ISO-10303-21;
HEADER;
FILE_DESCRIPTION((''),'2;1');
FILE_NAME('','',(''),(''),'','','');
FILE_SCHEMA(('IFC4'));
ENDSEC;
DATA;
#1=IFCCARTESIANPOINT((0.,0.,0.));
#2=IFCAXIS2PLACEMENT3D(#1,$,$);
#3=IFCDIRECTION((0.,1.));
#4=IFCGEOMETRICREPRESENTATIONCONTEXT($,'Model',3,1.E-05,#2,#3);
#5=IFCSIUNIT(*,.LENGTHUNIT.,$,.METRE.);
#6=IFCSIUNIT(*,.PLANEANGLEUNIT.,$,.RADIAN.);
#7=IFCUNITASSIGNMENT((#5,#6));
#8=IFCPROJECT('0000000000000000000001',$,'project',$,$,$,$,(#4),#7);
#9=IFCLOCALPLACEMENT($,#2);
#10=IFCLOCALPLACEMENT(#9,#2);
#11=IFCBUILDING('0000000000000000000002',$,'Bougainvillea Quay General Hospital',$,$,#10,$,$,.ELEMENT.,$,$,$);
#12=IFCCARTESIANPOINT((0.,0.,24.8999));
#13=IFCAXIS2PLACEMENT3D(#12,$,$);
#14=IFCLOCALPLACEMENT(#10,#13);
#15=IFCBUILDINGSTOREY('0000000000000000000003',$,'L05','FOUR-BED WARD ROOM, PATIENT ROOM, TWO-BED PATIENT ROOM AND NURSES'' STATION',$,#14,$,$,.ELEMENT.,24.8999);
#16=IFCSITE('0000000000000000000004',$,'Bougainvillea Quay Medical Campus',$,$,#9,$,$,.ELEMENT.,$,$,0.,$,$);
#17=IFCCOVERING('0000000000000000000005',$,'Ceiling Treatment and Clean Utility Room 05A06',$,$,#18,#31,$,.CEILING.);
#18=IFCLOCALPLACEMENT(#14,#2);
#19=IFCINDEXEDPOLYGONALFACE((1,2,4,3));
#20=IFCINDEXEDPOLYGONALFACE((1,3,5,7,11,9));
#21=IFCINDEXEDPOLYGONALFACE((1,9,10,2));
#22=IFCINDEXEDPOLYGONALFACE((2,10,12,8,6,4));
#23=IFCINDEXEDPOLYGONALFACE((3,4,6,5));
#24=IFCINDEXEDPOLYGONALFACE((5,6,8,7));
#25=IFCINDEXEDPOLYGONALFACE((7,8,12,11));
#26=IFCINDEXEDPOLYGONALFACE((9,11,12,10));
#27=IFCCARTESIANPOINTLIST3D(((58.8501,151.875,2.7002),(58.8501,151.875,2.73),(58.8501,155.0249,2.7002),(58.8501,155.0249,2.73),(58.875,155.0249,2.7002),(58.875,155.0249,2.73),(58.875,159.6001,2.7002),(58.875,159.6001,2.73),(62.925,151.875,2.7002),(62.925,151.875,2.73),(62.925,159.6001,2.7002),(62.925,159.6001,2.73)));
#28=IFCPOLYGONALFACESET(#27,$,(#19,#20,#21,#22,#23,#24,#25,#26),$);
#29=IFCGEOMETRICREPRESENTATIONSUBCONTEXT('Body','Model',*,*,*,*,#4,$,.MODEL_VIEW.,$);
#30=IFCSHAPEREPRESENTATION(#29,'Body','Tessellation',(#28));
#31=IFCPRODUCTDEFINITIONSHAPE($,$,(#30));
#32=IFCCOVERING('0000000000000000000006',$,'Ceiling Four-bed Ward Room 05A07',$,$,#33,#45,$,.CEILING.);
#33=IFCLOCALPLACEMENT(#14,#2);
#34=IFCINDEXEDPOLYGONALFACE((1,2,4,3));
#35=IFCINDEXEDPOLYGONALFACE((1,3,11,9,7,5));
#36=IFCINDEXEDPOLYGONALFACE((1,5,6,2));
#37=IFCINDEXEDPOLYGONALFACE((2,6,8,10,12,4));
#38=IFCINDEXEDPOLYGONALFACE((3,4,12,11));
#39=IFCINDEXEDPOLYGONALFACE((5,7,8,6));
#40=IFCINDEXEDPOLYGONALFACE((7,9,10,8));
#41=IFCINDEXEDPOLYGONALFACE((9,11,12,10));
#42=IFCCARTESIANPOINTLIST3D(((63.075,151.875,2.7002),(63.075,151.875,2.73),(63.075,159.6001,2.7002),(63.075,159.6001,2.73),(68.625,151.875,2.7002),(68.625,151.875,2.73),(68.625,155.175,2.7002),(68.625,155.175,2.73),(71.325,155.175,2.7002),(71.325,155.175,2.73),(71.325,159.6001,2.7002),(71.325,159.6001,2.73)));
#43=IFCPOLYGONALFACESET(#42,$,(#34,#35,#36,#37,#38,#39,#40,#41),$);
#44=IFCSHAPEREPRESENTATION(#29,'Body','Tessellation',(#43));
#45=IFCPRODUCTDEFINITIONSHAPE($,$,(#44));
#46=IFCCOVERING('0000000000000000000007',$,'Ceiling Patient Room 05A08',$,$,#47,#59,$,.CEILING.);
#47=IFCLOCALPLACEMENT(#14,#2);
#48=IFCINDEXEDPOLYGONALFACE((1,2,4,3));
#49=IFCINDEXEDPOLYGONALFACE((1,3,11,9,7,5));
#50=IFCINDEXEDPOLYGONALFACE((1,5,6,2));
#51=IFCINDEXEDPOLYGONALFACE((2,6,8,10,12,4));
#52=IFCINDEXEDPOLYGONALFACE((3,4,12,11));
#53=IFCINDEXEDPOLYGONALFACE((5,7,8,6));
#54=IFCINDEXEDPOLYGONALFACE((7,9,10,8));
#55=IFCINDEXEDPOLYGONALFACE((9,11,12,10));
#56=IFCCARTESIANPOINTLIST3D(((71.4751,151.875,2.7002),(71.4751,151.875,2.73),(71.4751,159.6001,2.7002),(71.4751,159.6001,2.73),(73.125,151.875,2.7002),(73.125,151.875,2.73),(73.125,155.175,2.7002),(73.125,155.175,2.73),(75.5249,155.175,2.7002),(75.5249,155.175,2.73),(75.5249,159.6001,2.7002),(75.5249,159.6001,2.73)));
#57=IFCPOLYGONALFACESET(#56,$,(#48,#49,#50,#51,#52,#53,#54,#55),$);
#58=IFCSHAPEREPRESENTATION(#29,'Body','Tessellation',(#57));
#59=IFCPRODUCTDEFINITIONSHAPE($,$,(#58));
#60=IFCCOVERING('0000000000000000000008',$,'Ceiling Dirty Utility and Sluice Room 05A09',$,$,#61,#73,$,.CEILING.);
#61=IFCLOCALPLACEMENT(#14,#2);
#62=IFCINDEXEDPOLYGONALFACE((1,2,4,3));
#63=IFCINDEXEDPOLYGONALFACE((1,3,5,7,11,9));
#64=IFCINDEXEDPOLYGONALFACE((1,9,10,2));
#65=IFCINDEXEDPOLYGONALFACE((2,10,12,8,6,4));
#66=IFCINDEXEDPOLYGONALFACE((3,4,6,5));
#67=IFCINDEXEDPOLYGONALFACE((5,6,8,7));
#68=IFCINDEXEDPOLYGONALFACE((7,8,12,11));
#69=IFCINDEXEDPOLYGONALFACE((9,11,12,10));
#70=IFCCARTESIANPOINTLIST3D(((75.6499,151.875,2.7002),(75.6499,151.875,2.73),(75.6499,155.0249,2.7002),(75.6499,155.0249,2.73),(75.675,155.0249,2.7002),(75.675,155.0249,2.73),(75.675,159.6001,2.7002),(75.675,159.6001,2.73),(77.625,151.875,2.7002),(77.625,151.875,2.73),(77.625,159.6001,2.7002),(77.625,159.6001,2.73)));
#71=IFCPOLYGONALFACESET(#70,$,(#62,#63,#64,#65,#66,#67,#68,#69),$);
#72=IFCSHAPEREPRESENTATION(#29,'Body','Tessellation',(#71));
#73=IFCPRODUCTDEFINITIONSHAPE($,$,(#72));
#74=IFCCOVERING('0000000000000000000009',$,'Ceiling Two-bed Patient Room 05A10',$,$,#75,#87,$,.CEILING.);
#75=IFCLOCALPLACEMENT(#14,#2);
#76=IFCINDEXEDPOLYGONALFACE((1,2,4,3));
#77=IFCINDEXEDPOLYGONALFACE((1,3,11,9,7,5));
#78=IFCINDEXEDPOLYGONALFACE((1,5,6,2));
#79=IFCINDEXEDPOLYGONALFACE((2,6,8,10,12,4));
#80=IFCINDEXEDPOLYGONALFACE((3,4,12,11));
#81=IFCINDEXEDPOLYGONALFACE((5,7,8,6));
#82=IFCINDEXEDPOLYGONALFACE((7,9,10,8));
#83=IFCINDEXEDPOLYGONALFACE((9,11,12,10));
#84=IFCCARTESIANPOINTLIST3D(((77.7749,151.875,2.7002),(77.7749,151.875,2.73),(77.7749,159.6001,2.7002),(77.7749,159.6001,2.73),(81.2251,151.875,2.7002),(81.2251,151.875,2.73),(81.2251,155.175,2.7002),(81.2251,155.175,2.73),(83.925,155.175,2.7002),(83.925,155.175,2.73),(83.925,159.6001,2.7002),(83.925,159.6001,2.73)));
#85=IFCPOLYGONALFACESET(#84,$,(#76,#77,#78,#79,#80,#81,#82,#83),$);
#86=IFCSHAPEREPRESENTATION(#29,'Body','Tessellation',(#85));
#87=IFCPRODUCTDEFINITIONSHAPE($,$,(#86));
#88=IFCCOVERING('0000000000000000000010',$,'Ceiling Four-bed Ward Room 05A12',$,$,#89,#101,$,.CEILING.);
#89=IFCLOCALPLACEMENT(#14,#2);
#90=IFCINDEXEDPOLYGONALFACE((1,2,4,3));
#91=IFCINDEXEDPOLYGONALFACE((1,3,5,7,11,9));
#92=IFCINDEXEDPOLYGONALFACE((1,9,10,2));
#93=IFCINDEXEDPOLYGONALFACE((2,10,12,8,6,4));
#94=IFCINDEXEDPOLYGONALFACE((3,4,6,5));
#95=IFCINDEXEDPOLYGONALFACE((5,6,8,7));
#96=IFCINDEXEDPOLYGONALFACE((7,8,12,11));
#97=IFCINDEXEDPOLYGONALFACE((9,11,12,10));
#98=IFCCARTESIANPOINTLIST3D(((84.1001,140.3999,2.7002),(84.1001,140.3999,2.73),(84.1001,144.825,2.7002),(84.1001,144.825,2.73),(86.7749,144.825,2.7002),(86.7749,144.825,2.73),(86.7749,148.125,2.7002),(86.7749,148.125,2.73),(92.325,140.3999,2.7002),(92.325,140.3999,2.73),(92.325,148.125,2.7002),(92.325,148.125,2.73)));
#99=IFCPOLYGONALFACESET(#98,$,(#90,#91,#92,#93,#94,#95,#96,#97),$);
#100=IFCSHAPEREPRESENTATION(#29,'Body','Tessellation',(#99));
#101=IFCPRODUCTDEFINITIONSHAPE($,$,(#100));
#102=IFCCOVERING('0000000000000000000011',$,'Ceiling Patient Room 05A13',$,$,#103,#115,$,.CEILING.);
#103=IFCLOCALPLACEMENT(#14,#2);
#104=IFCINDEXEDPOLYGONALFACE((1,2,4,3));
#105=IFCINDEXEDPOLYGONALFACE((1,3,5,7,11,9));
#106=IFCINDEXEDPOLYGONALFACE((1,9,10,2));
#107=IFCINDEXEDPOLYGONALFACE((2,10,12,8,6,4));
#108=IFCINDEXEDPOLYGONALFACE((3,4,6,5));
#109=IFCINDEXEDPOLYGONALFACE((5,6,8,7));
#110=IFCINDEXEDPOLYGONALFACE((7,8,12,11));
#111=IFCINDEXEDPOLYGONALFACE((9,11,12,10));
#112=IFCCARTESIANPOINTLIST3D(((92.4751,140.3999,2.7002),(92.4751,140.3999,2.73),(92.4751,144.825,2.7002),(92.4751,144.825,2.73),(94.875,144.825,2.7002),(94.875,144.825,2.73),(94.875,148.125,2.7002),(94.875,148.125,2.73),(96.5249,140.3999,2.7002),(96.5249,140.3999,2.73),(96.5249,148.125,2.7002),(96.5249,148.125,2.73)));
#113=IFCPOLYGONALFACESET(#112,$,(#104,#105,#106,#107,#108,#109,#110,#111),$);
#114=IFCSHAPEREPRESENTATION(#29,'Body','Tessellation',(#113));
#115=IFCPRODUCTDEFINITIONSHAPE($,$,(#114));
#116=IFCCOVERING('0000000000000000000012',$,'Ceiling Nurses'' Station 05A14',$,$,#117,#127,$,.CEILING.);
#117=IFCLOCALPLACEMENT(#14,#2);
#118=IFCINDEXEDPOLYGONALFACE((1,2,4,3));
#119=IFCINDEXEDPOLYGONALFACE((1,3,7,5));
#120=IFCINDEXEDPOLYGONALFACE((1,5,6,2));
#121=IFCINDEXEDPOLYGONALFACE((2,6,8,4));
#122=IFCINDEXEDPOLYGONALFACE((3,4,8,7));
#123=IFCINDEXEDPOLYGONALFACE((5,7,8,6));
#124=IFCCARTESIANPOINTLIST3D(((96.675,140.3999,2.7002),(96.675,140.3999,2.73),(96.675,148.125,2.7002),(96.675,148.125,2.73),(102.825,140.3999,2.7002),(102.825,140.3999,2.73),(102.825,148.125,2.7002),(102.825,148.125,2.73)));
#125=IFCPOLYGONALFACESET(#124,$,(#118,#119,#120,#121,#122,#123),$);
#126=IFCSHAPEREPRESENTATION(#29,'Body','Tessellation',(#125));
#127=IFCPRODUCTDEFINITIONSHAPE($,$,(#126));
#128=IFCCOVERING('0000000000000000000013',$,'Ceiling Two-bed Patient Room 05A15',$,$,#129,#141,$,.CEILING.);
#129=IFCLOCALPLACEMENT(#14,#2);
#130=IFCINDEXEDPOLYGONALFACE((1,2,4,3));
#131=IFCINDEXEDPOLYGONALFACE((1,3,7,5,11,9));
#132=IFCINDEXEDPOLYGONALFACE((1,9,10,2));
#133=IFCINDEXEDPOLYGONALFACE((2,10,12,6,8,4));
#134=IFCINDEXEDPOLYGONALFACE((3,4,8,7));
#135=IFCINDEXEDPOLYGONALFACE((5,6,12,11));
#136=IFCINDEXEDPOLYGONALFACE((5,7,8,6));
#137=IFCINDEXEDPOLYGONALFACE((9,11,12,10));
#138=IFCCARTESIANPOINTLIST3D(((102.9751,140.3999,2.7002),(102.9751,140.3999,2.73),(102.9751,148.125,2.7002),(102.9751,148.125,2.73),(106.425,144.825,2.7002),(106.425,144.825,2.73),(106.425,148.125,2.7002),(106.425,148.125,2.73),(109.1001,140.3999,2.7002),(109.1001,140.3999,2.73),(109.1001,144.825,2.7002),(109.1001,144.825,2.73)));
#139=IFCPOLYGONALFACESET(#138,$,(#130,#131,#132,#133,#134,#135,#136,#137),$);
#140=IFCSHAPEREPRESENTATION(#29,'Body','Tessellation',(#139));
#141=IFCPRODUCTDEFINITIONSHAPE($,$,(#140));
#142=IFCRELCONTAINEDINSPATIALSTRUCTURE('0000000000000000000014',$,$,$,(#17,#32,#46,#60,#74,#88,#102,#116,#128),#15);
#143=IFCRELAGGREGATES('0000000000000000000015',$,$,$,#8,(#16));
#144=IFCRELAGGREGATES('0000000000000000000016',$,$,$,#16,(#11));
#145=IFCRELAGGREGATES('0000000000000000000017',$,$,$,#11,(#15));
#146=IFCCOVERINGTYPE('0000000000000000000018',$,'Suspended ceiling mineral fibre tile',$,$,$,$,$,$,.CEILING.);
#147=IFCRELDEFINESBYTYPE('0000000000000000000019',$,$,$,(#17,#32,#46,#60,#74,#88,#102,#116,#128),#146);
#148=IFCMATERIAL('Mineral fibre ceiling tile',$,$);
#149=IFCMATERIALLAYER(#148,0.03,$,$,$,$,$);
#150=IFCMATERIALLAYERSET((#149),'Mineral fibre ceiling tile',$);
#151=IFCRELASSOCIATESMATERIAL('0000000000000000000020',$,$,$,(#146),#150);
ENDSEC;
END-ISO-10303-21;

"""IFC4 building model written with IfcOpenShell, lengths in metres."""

from ifc_helpers import new_model, si_unit, direction, frame, origin, place, context, subcontext, project, spatial, polyline, outline, extrude, material, layer, layer_set, type_object, element, save


model = new_model("IFC4")

# Units and contexts
model_context = context("Model", 3, precision=1e-05, world=origin(), true_north=direction((0.0, 1.0)))
body_context = subcontext(model_context, "Body", "Model", "MODEL_VIEW")
ifc_project = project(units=[si_unit("LENGTHUNIT", "METRE"), si_unit("PLANEANGLEUNIT", "RADIAN")], contexts=[model_context])

# Site, building, storey
site_placement = place(None, origin())
site = spatial("IfcSite", under=ifc_project, at=site_placement, Name="Bougainvillea Quay Medical Campus", CompositionType="ELEMENT", RefElevation=0.0)
building_placement = place(site_placement, origin())
building = spatial("IfcBuilding", under=site, at=building_placement, Name="Bougainvillea Quay General Hospital", CompositionType="ELEMENT")
storey_placement = place(building_placement, frame((0.0, 0.0, 24.8999)))
storey = spatial("IfcBuildingStorey", under=building, at=storey_placement, Name="L05", Description="FOUR-BED WARD ROOM, PATIENT ROOM, TWO-BED PATIENT ROOM AND NURSES' STATION", CompositionType="ELEMENT", Elevation=24.8999)

# Coverings
ifc_material = material(Name="Mineral fibre ceiling tile")
ifc_layer = layer(ifc_material, 0.03)
ifc_layer_set = layer_set([ifc_layer], Name="Mineral fibre ceiling tile")
covering_type = type_object("IfcCoveringType", Name="Suspended ceiling mineral fibre tile", PredefinedType="CEILING", material=ifc_layer_set)
covering_1_placement = place(storey_placement, frame((0.0, 0.0, 2.7002)))
element("IfcCovering", 1, at=covering_1_placement, inside=storey, type_object=covering_type, Name="Ceiling Treatment and Clean Utility Room 05A06", PredefinedType="CEILING", context=body_context, shape_type="SweptSolid", body=[
    extrude(outline(polyline([(58.875, 159.6001), (58.875, 155.0249), (58.8501, 155.0249), (58.8501, 151.875), (62.925, 151.875), (62.925, 159.6001), (58.875, 159.6001)])), origin(), (0.0, 0.0, 1.0), 0.0298),
])
covering_2_placement = place(storey_placement, frame((0.0, 0.0, 2.7002)))
element("IfcCovering", 2, at=covering_2_placement, inside=storey, type_object=covering_type, Name="Ceiling Four-bed Ward Room 05A07", PredefinedType="CEILING", context=body_context, shape_type="SweptSolid", body=[
    extrude(outline(polyline([(63.075, 159.6001), (63.075, 151.875), (68.625, 151.875), (68.625, 155.175), (71.325, 155.175), (71.325, 159.6001), (63.075, 159.6001)])), origin(), (0.0, 0.0, 1.0), 0.0298),
])
covering_3_placement = place(storey_placement, frame((0.0, 0.0, 2.7002)))
element("IfcCovering", 3, at=covering_3_placement, inside=storey, type_object=covering_type, Name="Ceiling Patient Room 05A08", PredefinedType="CEILING", context=body_context, shape_type="SweptSolid", body=[
    extrude(outline(polyline([(71.4751, 159.6001), (71.4751, 151.875), (73.125, 151.875), (73.125, 155.175), (75.5249, 155.175), (75.5249, 159.6001), (71.4751, 159.6001)])), origin(), (0.0, 0.0, 1.0), 0.0298),
])
covering_4_placement = place(storey_placement, frame((0.0, 0.0, 2.7002)))
element("IfcCovering", 4, at=covering_4_placement, inside=storey, type_object=covering_type, Name="Ceiling Dirty Utility and Sluice Room 05A09", PredefinedType="CEILING", context=body_context, shape_type="SweptSolid", body=[
    extrude(outline(polyline([(75.675, 159.6001), (75.675, 155.0249), (75.6499, 155.0249), (75.6499, 151.875), (77.625, 151.875), (77.625, 159.6001), (75.675, 159.6001)])), origin(), (0.0, 0.0, 1.0), 0.0298),
])
covering_5_placement = place(storey_placement, frame((0.0, 0.0, 2.7002)))
element("IfcCovering", 5, at=covering_5_placement, inside=storey, type_object=covering_type, Name="Ceiling Two-bed Patient Room 05A10", PredefinedType="CEILING", context=body_context, shape_type="SweptSolid", body=[
    extrude(outline(polyline([(77.7749, 159.6001), (77.7749, 151.875), (81.2251, 151.875), (81.2251, 155.175), (83.925, 155.175), (83.925, 159.6001), (77.7749, 159.6001)])), origin(), (0.0, 0.0, 1.0), 0.0298),
])
covering_6_placement = place(storey_placement, frame((0.0, 0.0, 2.7002)))
element("IfcCovering", 6, at=covering_6_placement, inside=storey, type_object=covering_type, Name="Ceiling Four-bed Ward Room 05A12", PredefinedType="CEILING", context=body_context, shape_type="SweptSolid", body=[
    extrude(outline(polyline([(92.325, 140.3999), (92.325, 148.125), (86.7749, 148.125), (86.7749, 144.825), (84.1001, 144.825), (84.1001, 140.3999), (92.325, 140.3999)])), origin(), (0.0, 0.0, 1.0), 0.0298),
])
covering_7_placement = place(storey_placement, frame((0.0, 0.0, 2.7002)))
element("IfcCovering", 7, at=covering_7_placement, inside=storey, type_object=covering_type, Name="Ceiling Patient Room 05A13", PredefinedType="CEILING", context=body_context, shape_type="SweptSolid", body=[
    extrude(outline(polyline([(96.5249, 140.3999), (96.5249, 148.125), (94.875, 148.125), (94.875, 144.825), (92.4751, 144.825), (92.4751, 140.3999), (96.5249, 140.3999)])), origin(), (0.0, 0.0, 1.0), 0.0298),
])
covering_8_placement = place(storey_placement, frame((0.0, 0.0, 2.7002)))
element("IfcCovering", 8, at=covering_8_placement, inside=storey, type_object=covering_type, Name="Ceiling Nurses' Station 05A14", PredefinedType="CEILING", context=body_context, shape_type="SweptSolid", body=[
    extrude(outline(polyline([(102.825, 140.3999), (102.825, 148.125), (96.675, 148.125), (96.675, 140.3999), (102.825, 140.3999)])), origin(), (0.0, 0.0, 1.0), 0.0298),
])
covering_9_placement = place(storey_placement, frame((0.0, 0.0, 2.7002)))
element("IfcCovering", 9, at=covering_9_placement, inside=storey, type_object=covering_type, Name="Ceiling Two-bed Patient Room 05A15", PredefinedType="CEILING", context=body_context, shape_type="SweptSolid", body=[
    extrude(outline(polyline([(109.1001, 140.3999), (109.1001, 144.825), (106.425, 144.825), (106.425, 148.125), (102.9751, 148.125), (102.9751, 140.3999), (109.1001, 140.3999)])), origin(), (0.0, 0.0, 1.0), 0.0298),
])

save(model, "model.ifc")
